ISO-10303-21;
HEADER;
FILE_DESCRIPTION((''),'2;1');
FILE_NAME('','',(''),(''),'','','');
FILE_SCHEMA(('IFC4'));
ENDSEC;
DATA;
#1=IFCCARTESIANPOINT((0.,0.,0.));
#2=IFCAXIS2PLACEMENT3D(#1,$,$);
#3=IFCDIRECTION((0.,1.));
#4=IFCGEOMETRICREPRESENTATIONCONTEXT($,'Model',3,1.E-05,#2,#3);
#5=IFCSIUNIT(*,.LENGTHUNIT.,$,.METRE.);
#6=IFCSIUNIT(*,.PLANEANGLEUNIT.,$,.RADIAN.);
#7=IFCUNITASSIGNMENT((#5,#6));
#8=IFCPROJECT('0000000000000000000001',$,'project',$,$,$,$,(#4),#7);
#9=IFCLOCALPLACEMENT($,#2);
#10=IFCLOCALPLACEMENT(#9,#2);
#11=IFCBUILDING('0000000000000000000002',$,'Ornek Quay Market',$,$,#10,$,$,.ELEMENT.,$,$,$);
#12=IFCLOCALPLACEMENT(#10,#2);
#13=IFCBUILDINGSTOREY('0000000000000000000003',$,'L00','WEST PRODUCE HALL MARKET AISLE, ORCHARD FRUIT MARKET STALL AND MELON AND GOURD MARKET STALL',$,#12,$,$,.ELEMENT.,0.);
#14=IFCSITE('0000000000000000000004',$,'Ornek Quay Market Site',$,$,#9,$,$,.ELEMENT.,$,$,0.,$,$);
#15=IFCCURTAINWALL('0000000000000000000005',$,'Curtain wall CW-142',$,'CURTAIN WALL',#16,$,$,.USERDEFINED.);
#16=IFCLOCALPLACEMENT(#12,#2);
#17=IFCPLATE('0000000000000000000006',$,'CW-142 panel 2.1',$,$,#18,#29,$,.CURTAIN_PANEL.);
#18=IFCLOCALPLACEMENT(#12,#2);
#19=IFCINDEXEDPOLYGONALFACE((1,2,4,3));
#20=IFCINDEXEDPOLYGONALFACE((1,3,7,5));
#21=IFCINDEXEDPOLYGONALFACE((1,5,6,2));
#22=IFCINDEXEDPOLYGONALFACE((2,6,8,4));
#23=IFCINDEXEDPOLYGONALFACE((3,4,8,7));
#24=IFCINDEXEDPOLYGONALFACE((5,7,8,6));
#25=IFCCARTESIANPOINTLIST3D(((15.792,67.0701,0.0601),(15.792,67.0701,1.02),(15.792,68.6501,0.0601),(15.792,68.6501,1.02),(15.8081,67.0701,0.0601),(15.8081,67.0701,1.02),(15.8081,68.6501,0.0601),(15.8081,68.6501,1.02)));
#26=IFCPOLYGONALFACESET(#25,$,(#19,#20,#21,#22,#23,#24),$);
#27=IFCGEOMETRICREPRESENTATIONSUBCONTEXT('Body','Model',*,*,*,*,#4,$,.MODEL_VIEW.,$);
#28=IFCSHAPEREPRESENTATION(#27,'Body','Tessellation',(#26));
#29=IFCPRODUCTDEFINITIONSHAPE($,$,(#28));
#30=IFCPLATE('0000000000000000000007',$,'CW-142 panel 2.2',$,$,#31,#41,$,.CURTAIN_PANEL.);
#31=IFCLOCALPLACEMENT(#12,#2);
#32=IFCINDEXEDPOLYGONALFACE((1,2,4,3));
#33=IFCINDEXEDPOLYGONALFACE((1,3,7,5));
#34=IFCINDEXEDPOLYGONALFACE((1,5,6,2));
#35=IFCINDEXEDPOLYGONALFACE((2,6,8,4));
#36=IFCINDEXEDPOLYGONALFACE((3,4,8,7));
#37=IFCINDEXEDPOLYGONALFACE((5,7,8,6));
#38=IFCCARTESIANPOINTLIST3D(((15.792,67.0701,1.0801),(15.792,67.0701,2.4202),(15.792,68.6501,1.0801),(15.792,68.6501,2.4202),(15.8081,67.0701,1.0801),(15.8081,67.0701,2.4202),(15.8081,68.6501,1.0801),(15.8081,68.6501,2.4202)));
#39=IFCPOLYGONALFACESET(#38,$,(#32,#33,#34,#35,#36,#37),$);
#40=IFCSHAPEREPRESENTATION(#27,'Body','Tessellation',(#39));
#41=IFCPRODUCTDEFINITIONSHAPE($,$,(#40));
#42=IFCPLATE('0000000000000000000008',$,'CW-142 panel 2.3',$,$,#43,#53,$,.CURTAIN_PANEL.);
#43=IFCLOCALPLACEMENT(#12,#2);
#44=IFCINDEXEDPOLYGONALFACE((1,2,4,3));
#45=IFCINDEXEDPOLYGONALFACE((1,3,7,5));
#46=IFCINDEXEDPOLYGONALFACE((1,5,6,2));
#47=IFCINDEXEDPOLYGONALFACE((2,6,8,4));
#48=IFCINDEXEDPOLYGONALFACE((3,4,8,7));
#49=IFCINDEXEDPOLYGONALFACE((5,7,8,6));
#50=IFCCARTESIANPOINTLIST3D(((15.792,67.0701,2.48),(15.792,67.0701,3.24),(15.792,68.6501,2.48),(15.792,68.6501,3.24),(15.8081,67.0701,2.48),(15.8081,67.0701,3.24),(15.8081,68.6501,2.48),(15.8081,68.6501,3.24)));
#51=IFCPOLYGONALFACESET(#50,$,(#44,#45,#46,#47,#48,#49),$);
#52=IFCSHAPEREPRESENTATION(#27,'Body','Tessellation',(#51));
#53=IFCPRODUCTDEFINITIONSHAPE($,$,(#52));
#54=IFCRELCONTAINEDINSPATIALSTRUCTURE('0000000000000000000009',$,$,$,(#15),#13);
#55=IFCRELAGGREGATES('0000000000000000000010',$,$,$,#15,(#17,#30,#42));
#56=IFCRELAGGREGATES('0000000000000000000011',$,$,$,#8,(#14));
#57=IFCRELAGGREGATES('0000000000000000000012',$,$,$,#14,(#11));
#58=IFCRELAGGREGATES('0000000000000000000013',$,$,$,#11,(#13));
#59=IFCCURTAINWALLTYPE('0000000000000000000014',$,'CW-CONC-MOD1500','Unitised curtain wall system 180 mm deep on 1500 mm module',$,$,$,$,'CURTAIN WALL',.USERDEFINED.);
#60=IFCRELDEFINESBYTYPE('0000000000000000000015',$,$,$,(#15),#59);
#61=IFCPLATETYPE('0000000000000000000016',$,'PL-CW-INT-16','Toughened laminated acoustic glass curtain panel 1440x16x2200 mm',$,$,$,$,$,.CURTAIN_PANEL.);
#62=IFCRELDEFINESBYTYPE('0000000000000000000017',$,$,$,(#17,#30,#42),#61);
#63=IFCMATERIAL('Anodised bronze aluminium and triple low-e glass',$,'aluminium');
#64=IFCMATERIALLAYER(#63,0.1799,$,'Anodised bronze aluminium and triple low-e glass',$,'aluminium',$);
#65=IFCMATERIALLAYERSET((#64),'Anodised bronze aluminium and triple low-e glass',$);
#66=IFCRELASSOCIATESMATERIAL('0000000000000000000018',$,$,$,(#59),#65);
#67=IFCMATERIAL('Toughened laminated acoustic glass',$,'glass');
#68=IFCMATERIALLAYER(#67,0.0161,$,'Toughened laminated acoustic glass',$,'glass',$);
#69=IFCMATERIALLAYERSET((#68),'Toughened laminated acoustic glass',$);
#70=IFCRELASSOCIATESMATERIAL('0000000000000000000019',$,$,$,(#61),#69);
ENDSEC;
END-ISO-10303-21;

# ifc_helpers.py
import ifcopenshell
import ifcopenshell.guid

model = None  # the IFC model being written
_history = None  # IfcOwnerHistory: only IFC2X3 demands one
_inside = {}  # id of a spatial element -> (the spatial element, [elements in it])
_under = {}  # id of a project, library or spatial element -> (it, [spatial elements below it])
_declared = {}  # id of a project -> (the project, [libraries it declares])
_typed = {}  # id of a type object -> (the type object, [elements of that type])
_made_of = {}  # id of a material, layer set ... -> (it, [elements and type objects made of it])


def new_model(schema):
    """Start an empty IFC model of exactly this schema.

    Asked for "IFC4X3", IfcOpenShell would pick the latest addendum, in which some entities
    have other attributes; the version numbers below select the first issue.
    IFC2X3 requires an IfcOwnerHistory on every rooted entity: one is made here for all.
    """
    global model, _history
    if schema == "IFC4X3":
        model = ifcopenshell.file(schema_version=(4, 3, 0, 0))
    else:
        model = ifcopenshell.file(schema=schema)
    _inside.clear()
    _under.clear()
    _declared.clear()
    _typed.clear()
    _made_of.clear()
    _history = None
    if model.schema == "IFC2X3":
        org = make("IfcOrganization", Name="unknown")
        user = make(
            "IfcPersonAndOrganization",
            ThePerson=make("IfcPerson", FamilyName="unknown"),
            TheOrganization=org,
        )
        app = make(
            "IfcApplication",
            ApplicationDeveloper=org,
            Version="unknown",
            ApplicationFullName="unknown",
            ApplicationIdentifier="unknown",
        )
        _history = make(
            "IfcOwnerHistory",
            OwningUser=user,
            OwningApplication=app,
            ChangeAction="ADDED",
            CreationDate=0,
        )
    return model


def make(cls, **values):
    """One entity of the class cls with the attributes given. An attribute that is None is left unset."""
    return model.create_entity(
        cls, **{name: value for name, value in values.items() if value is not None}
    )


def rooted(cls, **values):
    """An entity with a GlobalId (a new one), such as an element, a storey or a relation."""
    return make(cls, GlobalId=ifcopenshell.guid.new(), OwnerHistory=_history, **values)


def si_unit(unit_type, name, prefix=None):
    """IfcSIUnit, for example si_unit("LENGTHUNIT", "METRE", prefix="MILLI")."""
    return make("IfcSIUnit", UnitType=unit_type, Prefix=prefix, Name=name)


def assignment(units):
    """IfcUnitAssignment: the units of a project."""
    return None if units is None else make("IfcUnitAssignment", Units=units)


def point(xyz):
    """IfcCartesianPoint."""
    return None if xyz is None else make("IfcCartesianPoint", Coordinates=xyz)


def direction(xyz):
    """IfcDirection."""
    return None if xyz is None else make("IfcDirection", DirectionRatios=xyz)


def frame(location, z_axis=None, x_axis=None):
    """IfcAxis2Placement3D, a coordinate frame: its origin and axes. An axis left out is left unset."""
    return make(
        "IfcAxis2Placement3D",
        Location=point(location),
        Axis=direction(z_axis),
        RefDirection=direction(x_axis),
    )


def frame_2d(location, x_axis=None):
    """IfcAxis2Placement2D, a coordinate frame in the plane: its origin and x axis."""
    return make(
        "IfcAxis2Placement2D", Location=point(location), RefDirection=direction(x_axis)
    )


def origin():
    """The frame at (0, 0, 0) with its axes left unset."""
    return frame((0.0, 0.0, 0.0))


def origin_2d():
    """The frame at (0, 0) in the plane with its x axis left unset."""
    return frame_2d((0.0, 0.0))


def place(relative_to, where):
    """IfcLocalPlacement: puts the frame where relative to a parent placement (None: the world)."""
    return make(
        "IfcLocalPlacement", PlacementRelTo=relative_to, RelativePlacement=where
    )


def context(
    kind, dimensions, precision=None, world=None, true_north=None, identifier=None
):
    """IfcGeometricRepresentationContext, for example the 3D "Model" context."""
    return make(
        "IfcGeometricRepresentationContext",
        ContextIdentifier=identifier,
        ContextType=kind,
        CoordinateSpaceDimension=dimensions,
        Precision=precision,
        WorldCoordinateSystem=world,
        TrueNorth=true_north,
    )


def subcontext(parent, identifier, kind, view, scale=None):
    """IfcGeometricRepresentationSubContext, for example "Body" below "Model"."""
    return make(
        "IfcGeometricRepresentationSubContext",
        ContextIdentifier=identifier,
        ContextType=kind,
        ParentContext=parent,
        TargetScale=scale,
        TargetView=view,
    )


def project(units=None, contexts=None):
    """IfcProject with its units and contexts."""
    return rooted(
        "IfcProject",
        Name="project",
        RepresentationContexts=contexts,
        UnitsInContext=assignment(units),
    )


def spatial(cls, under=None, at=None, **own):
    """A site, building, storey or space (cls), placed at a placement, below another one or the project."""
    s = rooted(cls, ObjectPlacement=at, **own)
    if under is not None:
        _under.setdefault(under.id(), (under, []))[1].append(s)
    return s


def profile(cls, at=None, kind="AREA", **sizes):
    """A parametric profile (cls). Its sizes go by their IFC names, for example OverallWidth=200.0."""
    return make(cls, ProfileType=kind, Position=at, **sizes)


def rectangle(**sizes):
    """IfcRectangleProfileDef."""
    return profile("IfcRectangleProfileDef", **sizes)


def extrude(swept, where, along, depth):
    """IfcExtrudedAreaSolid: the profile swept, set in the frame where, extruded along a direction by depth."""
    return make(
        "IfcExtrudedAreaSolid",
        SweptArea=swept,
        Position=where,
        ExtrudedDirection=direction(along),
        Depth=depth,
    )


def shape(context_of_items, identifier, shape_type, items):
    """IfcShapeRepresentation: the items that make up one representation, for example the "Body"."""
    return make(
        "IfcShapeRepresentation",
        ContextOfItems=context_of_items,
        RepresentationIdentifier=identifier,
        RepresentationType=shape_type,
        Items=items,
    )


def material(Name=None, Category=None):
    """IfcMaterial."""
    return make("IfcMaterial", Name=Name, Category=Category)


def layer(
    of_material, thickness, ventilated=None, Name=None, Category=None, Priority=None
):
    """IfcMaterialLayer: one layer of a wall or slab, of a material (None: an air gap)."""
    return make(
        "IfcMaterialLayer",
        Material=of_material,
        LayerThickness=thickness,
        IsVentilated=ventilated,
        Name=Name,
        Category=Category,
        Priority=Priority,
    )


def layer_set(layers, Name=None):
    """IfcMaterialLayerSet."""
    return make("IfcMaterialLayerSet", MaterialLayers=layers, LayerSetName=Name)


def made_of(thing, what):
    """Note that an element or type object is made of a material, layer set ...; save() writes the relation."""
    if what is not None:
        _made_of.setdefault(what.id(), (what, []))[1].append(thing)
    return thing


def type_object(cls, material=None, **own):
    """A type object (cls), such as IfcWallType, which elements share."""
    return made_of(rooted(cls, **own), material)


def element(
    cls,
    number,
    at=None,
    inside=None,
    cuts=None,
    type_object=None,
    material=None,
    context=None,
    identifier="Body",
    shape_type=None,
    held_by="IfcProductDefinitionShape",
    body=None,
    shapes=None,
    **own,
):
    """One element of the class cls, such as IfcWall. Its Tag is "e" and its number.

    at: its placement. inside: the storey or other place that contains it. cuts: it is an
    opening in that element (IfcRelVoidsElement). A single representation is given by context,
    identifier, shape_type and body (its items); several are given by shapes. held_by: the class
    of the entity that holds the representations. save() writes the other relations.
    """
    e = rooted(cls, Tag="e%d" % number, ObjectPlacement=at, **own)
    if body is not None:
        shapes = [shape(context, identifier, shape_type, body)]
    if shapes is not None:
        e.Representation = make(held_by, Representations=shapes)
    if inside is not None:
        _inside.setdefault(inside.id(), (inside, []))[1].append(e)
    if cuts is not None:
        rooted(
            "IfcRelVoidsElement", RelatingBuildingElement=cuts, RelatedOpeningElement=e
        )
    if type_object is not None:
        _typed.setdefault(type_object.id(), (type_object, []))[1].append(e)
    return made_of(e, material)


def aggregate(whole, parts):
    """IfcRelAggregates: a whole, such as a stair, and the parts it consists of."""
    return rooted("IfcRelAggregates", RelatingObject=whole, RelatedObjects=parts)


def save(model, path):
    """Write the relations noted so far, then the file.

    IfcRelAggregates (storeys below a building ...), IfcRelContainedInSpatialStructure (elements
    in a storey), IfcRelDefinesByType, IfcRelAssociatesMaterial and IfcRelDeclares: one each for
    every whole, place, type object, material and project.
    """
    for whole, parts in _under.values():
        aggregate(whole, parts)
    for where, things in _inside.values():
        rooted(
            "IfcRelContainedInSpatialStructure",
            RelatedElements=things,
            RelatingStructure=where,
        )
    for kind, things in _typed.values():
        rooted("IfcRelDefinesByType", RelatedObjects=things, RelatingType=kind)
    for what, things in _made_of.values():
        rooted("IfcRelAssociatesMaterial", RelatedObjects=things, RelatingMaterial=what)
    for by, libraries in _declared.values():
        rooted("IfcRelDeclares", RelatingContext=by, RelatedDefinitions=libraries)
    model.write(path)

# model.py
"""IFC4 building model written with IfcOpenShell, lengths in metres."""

from ifc_helpers import new_model, si_unit, direction, frame, origin, origin_2d, place, context, subcontext, project, spatial, rectangle, extrude, material, layer, layer_set, type_object, element, aggregate, save


model = new_model("IFC4")

# Units and contexts
model_context = context("Model", 3, precision=1e-05, world=origin(), true_north=direction((0.0, 1.0)))
body_context = subcontext(model_context, "Body", "Model", "MODEL_VIEW")
ifc_project = project(units=[si_unit("LENGTHUNIT", "METRE"), si_unit("PLANEANGLEUNIT", "RADIAN")], contexts=[model_context])

# Site, building, storey
site_placement = place(None, origin())
site = spatial("IfcSite", under=ifc_project, at=site_placement, Name="Ornek Quay Market Site", CompositionType="ELEMENT", RefElevation=0.0)
building_placement = place(site_placement, origin())
building = spatial("IfcBuilding", under=site, at=building_placement, Name="Ornek Quay Market", CompositionType="ELEMENT")
storey_placement = place(building_placement, origin())
storey = spatial("IfcBuildingStorey", under=building, at=storey_placement, Name="L00", Description="WEST PRODUCE HALL MARKET AISLE, ORCHARD FRUIT MARKET STALL AND MELON AND GOURD MARKET STALL", CompositionType="ELEMENT", Elevation=0.0)

# Curtain wall
ifc_material_1 = material(Name="Anodised bronze aluminium and triple low-e glass", Category="aluminium")
ifc_layer_1 = layer(ifc_material_1, 0.1799, Name="Anodised bronze aluminium and triple low-e glass", Category="aluminium")
ifc_layer_set_1 = layer_set([ifc_layer_1], Name="Anodised bronze aluminium and triple low-e glass")
curtain_wall_type = type_object("IfcCurtainWallType", Name="CW-CONC-MOD1500", Description="Unitised curtain wall system 180 mm deep on 1500 mm module", ElementType="CURTAIN WALL", PredefinedType="USERDEFINED", material=ifc_layer_set_1)
curtain_wall_1_placement = place(storey_placement, origin())
curtain_wall_1 = element("IfcCurtainWall", 1, at=curtain_wall_1_placement, inside=storey, type_object=curtain_wall_type, Name="Curtain wall CW-142", ObjectType="CURTAIN WALL", PredefinedType="USERDEFINED")

# Plates
ifc_material_2 = material(Name="Toughened laminated acoustic glass", Category="glass")
ifc_layer_2 = layer(ifc_material_2, 0.0161, Name="Toughened laminated acoustic glass", Category="glass")
ifc_layer_set_2 = layer_set([ifc_layer_2], Name="Toughened laminated acoustic glass")
plate_type = type_object("IfcPlateType", Name="PL-CW-INT-16", Description="Toughened laminated acoustic glass curtain panel 1440x16x2200 mm", PredefinedType="CURTAIN_PANEL", material=ifc_layer_set_2)
plate_1_placement = place(storey_placement, frame((15.8, 67.8601, 0.0601), z_axis=(0.0, 0.0, 1.0), x_axis=(0.0, 1.0, 0.0)))
plate_1 = element("IfcPlate", 2, at=plate_1_placement, type_object=plate_type, Name="CW-142 panel 2.1", PredefinedType="CURTAIN_PANEL", context=body_context, shape_type="SweptSolid", body=[
    extrude(rectangle(XDim=1.5801, YDim=0.0161, at=origin_2d()), origin(), (0.0, 0.0, 1.0), 0.96),
])
plate_2_placement = place(storey_placement, frame((15.8, 67.8601, 1.0801), z_axis=(0.0, 0.0, 1.0), x_axis=(0.0, 1.0, 0.0)))
plate_2 = element("IfcPlate", 3, at=plate_2_placement, type_object=plate_type, Name="CW-142 panel 2.2", PredefinedType="CURTAIN_PANEL", context=body_context, shape_type="SweptSolid", body=[
    extrude(rectangle(XDim=1.5801, YDim=0.0161, at=origin_2d()), origin(), (0.0, 0.0, 1.0), 1.3401),
])
plate_3_placement = place(storey_placement, frame((15.8, 67.8601, 2.48), z_axis=(0.0, 0.0, 1.0), x_axis=(0.0, 1.0, 0.0)))
plate_3 = element("IfcPlate", 4, at=plate_3_placement, type_object=plate_type, Name="CW-142 panel 2.3", PredefinedType="CURTAIN_PANEL", context=body_context, shape_type="SweptSolid", body=[
    extrude(rectangle(XDim=1.5801, YDim=0.0161, at=origin_2d()), origin(), (0.0, 0.0, 1.0), 0.76),
])
aggregate(curtain_wall_1, [plate_1, plate_2, plate_3])

save(model, "model.ifc")
